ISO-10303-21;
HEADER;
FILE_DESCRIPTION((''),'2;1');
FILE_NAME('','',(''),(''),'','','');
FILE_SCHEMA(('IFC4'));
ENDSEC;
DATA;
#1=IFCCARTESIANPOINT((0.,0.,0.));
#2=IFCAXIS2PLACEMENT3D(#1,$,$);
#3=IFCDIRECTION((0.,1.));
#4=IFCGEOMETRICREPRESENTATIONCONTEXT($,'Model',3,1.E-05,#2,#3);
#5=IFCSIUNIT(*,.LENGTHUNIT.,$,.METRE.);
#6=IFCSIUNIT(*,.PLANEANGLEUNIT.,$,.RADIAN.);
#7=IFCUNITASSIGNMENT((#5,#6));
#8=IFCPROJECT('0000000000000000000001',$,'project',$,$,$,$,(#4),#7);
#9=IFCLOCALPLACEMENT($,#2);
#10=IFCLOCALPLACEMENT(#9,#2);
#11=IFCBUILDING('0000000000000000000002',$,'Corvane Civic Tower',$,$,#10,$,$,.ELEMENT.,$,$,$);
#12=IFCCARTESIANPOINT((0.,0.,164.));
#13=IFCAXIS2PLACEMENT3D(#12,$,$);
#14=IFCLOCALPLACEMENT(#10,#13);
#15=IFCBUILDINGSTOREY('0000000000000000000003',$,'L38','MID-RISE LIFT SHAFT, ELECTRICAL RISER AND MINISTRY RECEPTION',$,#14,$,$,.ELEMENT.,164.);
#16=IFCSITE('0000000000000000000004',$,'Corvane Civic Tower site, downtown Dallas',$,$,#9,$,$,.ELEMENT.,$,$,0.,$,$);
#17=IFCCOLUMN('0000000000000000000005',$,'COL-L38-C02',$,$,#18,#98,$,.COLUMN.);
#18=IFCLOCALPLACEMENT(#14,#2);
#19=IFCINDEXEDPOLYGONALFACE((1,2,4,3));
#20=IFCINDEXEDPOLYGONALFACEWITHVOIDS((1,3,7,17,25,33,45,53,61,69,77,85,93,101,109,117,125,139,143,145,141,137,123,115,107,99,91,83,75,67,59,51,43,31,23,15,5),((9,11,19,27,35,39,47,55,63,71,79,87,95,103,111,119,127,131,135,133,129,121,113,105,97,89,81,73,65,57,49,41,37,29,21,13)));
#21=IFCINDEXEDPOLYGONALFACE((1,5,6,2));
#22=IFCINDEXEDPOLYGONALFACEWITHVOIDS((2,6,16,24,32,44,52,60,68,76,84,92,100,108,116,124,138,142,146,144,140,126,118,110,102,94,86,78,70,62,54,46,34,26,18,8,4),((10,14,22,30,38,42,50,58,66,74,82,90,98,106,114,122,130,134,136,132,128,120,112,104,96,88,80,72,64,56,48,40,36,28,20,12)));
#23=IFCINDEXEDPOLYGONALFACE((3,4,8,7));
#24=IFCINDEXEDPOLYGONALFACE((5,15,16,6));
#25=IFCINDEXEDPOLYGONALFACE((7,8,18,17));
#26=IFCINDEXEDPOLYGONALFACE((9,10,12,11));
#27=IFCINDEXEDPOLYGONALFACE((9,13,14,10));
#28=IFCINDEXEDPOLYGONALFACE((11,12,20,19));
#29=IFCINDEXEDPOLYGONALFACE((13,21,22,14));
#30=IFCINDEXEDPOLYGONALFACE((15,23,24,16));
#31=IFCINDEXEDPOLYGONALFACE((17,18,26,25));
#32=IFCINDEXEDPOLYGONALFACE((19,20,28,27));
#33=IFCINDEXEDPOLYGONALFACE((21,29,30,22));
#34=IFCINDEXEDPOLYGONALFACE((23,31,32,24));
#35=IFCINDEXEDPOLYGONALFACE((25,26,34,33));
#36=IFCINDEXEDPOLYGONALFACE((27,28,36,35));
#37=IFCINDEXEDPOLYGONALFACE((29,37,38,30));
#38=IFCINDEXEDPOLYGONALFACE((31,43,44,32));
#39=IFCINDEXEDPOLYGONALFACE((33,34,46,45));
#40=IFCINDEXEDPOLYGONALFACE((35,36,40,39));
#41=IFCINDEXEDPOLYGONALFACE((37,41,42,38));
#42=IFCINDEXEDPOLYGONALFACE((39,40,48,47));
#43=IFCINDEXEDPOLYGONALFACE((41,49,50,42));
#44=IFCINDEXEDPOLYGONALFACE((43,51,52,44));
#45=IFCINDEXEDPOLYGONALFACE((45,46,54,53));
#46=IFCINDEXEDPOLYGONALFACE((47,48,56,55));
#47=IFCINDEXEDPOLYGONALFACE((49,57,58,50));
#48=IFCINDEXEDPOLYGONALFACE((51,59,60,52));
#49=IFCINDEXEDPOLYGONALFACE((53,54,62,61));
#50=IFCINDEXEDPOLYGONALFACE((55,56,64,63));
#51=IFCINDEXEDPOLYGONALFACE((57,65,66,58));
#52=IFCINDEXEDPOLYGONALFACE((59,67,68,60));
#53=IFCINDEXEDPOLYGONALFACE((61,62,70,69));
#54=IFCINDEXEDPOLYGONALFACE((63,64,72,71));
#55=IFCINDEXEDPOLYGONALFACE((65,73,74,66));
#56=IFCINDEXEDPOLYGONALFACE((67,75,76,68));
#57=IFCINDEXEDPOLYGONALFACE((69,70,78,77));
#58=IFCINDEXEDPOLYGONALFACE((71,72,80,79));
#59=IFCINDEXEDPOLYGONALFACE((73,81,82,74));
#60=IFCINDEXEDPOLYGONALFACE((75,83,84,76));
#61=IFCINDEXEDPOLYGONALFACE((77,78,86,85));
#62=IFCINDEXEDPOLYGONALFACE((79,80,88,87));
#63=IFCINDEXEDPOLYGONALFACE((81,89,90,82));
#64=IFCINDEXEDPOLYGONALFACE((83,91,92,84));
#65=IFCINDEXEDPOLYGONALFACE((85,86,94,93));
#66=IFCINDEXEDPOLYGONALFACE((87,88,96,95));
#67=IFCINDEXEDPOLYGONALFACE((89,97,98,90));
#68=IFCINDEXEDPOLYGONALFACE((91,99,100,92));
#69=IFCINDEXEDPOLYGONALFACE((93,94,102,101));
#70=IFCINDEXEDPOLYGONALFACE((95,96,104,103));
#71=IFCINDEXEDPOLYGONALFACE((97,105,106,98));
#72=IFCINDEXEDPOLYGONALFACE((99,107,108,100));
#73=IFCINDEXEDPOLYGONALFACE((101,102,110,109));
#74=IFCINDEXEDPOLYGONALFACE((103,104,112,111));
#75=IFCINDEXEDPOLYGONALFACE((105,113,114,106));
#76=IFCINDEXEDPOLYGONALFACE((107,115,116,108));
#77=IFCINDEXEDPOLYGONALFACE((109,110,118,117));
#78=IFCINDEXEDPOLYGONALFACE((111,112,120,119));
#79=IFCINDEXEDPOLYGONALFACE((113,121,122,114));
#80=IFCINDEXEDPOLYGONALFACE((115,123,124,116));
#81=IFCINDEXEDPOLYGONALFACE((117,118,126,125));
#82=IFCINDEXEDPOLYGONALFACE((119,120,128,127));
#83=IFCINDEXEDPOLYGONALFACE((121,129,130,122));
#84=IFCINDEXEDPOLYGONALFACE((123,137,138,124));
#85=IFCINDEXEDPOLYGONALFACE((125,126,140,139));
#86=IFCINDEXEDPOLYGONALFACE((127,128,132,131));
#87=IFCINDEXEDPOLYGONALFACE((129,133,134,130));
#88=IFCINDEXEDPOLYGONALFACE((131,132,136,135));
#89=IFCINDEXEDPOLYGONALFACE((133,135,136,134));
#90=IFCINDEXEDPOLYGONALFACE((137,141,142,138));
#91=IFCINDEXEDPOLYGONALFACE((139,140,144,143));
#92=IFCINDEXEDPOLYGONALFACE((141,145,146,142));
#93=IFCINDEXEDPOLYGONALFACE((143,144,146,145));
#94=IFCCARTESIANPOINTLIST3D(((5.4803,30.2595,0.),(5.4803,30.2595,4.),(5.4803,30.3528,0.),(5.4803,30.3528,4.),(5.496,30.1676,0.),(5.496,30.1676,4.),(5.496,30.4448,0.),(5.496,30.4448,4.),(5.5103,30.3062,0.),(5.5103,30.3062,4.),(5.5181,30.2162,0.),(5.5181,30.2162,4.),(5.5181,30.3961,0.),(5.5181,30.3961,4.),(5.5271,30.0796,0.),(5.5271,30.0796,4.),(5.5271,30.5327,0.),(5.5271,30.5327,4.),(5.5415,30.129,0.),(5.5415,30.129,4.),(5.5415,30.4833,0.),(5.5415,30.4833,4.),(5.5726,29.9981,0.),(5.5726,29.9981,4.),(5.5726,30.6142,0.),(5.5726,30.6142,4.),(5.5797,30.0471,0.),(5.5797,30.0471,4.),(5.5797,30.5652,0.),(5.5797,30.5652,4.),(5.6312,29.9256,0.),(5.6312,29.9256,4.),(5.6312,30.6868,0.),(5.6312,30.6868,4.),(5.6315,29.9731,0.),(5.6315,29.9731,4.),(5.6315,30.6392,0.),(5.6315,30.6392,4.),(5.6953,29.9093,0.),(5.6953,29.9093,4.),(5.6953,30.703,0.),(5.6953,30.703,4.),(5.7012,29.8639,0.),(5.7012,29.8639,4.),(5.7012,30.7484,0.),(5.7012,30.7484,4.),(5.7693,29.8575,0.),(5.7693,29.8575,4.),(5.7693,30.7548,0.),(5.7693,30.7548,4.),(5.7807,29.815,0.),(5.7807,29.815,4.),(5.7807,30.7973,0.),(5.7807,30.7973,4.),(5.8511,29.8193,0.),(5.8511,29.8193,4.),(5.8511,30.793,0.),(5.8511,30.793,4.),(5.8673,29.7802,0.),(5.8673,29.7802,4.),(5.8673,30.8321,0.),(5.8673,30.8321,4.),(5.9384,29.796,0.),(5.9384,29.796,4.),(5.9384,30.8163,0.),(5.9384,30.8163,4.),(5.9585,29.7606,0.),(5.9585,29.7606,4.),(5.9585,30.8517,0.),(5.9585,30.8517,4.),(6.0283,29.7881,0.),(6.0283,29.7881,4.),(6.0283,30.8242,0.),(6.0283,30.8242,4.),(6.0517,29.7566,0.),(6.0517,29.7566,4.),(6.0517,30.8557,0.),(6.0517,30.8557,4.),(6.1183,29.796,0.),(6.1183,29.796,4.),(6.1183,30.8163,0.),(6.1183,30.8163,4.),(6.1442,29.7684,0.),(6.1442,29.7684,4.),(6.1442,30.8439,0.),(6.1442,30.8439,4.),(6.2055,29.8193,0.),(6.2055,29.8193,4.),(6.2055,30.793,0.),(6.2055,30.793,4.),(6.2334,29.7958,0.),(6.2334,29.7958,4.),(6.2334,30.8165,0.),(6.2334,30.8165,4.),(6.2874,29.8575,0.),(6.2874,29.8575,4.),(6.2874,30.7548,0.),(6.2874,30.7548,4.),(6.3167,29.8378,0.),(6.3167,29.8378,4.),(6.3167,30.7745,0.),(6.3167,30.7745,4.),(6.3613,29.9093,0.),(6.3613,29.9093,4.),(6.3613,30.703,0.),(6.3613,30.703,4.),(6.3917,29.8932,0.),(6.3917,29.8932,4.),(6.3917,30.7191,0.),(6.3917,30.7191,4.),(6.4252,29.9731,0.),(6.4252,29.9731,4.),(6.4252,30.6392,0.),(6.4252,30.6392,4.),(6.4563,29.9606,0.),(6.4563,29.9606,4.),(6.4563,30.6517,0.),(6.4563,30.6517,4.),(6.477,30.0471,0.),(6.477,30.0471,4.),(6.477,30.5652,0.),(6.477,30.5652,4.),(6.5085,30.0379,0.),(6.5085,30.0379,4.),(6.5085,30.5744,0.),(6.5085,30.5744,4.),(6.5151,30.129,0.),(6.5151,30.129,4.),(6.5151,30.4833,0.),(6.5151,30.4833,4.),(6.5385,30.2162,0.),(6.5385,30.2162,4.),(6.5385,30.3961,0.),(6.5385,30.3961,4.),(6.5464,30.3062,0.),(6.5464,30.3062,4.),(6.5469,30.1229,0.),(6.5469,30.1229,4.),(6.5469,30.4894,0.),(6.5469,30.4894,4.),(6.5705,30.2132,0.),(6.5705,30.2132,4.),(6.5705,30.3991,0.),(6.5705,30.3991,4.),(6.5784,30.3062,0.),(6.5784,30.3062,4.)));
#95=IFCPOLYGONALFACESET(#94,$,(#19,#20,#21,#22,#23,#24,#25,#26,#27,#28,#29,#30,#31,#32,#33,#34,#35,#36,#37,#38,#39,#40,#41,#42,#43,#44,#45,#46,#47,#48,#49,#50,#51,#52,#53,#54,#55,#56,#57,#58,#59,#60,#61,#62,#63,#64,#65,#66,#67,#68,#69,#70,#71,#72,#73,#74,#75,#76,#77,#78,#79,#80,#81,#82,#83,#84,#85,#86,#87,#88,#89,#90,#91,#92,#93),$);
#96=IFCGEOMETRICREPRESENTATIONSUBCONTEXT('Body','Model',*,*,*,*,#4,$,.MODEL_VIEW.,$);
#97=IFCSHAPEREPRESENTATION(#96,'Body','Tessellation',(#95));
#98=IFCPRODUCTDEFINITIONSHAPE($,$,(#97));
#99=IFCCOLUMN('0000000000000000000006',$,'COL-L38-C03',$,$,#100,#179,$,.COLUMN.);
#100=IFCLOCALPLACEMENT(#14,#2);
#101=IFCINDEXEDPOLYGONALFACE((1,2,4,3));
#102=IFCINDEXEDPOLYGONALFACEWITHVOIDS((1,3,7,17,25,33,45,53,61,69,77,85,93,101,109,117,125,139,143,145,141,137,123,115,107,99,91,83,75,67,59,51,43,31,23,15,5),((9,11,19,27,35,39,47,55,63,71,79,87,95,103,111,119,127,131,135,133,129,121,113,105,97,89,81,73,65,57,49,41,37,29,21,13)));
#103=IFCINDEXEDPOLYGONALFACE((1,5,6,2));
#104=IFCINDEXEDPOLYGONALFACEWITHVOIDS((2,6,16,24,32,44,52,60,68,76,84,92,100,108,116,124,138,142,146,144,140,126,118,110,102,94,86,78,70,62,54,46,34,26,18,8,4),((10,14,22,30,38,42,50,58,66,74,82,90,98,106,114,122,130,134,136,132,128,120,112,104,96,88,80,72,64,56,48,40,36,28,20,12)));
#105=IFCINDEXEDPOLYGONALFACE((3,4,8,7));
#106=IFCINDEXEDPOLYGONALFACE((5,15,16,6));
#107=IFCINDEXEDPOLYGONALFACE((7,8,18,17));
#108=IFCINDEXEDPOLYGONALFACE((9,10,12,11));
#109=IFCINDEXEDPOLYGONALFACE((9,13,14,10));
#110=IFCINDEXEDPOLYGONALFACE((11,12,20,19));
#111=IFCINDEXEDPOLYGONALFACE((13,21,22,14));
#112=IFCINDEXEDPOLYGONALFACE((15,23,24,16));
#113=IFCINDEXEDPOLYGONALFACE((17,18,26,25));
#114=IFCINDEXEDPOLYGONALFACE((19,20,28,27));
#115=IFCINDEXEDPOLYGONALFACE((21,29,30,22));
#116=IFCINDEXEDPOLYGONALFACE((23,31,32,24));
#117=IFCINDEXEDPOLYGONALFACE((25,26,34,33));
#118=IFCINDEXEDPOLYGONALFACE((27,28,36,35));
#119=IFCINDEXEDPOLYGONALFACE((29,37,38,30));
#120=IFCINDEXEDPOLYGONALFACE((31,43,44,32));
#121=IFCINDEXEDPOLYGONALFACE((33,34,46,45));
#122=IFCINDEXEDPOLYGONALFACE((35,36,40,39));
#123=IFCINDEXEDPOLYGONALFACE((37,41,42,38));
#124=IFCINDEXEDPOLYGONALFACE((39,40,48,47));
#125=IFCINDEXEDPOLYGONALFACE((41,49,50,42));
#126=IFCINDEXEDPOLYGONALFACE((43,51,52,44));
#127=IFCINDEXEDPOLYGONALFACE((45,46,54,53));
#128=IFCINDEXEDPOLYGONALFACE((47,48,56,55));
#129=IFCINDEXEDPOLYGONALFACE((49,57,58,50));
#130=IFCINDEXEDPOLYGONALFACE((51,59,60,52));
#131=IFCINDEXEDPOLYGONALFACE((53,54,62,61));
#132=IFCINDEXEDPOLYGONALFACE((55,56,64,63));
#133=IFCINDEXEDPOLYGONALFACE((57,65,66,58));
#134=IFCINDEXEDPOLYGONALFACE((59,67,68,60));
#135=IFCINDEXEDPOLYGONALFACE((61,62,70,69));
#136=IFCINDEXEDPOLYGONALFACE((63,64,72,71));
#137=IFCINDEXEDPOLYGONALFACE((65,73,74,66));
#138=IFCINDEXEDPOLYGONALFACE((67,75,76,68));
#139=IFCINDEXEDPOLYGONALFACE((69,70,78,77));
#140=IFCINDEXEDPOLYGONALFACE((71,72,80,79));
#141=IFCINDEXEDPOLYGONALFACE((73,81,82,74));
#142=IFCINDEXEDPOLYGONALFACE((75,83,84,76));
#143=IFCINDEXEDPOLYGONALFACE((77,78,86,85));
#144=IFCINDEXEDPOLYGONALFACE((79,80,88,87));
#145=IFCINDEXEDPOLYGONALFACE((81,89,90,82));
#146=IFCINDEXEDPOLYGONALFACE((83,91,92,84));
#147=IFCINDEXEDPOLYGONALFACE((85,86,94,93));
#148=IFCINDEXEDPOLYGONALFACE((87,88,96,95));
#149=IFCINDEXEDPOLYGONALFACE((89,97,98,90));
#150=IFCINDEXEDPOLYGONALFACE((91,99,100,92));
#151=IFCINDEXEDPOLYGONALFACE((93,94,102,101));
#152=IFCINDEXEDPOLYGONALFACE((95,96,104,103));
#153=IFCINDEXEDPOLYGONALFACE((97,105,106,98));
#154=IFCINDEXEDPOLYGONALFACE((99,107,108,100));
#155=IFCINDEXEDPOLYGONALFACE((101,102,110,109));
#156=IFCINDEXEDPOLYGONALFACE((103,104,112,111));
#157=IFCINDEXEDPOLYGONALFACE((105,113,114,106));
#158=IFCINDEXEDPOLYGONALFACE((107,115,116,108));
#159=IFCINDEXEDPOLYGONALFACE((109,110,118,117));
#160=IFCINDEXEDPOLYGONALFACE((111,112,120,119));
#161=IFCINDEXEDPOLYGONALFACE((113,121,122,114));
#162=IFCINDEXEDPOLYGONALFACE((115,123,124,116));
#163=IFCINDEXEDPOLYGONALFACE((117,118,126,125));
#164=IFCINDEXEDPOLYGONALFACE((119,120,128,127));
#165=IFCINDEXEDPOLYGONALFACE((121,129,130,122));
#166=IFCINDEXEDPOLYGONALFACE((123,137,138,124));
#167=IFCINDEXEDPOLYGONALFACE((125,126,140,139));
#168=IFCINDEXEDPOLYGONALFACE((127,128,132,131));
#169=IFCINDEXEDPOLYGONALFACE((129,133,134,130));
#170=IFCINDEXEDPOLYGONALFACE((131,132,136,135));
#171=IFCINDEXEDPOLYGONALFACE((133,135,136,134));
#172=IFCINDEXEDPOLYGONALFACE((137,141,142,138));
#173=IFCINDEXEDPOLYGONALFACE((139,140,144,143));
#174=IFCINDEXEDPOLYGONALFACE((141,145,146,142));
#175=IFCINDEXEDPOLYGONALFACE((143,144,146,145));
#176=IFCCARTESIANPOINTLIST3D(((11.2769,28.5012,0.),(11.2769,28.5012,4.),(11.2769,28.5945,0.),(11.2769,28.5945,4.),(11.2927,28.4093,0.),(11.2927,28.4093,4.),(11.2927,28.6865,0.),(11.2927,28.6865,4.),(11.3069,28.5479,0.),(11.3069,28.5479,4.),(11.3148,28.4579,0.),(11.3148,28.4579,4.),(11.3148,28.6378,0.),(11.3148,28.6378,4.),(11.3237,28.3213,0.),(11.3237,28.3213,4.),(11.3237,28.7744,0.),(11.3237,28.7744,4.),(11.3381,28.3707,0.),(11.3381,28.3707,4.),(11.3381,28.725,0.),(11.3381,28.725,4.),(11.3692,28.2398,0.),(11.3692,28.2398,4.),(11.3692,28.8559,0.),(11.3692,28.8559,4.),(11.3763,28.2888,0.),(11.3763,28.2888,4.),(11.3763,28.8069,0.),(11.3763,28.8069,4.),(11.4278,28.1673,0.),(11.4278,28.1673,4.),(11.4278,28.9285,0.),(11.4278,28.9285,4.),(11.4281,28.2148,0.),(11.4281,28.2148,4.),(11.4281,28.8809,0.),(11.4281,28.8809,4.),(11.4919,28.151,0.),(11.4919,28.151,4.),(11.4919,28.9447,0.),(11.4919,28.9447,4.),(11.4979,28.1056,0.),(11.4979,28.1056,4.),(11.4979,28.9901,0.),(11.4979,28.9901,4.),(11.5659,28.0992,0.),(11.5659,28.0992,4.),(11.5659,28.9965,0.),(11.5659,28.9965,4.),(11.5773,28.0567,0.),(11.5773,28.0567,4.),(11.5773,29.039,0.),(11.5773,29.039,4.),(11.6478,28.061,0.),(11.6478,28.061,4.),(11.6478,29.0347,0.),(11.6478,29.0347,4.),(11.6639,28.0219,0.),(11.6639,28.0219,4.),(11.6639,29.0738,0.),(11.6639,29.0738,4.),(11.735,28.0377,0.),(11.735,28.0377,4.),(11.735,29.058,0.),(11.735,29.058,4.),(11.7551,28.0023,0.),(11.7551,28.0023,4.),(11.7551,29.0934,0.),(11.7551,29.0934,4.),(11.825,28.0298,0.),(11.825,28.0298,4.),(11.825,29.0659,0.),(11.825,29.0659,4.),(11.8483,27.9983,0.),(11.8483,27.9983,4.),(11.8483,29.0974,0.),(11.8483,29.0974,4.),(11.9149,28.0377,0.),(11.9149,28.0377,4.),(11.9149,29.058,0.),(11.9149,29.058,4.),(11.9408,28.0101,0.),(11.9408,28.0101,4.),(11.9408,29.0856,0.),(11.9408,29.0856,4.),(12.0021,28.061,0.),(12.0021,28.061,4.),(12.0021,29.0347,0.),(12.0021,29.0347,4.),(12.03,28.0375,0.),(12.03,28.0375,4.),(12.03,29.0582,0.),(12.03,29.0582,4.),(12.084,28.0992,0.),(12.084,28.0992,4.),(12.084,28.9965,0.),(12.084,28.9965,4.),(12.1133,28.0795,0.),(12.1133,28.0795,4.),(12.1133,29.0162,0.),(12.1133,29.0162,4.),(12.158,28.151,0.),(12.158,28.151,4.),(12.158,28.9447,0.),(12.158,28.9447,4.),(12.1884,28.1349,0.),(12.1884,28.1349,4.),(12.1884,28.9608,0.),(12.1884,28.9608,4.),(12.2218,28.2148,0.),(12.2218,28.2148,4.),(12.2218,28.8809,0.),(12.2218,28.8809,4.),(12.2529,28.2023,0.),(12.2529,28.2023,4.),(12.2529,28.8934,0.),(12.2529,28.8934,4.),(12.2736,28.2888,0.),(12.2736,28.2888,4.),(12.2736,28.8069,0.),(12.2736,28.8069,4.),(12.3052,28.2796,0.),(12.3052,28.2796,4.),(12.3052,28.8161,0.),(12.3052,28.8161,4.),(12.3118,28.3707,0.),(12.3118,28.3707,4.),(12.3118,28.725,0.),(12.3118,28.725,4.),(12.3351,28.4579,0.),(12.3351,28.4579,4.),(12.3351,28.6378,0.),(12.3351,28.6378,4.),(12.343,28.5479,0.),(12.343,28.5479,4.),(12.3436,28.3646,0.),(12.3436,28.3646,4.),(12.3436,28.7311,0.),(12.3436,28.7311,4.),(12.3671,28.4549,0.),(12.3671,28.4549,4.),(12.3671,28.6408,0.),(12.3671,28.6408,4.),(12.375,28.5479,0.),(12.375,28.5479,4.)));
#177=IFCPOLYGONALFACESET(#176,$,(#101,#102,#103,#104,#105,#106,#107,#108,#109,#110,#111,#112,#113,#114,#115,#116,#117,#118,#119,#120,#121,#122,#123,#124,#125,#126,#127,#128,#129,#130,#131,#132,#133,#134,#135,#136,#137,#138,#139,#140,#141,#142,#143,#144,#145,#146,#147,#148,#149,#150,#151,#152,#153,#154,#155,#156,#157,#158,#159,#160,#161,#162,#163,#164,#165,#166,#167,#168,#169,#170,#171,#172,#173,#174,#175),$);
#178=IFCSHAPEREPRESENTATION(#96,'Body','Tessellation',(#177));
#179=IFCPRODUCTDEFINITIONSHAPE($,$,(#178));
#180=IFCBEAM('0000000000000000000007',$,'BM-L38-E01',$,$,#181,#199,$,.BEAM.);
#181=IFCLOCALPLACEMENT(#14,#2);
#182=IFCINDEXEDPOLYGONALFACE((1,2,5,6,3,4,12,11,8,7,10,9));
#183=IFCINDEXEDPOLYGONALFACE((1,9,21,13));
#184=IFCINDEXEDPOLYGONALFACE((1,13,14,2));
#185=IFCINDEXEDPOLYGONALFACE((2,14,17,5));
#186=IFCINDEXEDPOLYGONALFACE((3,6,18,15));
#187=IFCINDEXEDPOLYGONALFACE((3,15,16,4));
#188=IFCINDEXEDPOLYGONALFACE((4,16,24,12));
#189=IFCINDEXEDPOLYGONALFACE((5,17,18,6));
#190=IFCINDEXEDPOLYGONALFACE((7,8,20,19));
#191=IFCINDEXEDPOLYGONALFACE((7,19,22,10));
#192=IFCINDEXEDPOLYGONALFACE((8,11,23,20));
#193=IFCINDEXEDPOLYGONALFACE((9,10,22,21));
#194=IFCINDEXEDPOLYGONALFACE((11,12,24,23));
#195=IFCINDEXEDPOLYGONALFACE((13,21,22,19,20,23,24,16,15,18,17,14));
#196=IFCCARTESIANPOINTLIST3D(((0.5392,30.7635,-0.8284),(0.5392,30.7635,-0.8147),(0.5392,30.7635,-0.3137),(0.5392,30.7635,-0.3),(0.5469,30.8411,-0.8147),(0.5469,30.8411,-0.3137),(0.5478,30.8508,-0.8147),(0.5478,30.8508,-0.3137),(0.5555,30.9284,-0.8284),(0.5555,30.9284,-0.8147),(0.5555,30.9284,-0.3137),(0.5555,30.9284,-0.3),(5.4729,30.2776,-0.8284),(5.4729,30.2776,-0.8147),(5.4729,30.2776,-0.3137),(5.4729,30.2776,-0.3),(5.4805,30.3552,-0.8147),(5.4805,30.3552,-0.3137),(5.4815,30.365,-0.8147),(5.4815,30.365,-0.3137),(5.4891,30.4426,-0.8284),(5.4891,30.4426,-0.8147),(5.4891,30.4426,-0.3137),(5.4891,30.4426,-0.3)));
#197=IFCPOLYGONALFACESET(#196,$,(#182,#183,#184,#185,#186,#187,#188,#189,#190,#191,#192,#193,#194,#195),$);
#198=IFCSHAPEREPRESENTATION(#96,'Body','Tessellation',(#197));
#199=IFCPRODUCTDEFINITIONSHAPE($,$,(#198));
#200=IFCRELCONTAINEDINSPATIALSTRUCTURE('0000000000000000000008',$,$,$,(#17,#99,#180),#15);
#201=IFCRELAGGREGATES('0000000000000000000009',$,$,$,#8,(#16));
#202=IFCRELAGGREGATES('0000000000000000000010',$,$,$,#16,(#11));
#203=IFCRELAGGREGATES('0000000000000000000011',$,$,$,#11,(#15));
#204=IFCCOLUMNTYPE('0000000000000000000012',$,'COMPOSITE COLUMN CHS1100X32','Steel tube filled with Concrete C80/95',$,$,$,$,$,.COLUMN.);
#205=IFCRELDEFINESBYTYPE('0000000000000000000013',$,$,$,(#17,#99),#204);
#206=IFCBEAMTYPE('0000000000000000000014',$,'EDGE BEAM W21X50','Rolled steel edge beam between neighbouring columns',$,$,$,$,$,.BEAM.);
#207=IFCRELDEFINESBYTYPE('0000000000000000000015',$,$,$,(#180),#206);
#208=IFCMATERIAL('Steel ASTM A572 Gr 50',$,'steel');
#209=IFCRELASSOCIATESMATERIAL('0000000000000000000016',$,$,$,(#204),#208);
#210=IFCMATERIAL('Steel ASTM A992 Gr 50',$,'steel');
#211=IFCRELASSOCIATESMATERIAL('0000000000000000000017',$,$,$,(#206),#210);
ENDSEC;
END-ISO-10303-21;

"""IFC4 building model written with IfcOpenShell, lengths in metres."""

from ifc_helpers import new_model, si_unit, direction, frame, origin, origin_2d, place, context, subcontext, project, spatial, hollow_circle, i_section, extrude, material, material_profile, profile_set, type_object, element, save


model = new_model("IFC4")

# Units and contexts
model_context = context("Model", 3, precision=1e-05, world=origin(), true_north=direction((0.0, 1.0)))
body_context = subcontext(model_context, "Body", "Model", "MODEL_VIEW")
ifc_project = project(units=[si_unit("LENGTHUNIT", "METRE"), si_unit("PLANEANGLEUNIT", "RADIAN")], contexts=[model_context])

# Site, building, storey
site_placement = place(None, origin())
site = spatial("IfcSite", under=ifc_project, at=site_placement, Name="Corvane Civic Tower site, downtown Dallas", CompositionType="ELEMENT", RefElevation=0.0)
building_placement = place(site_placement, origin())
building = spatial("IfcBuilding", under=site, at=building_placement, Name="Corvane Civic Tower", CompositionType="ELEMENT")
storey_placement = place(building_placement, frame((0.0, 0.0, 164.0)))
storey = spatial("IfcBuildingStorey", under=building, at=storey_placement, Name="L38", Description="MID-RISE LIFT SHAFT, ELECTRICAL RISER AND MINISTRY RECEPTION", CompositionType="ELEMENT", Elevation=164.0)

# Columns
ifc_material_1 = material(Name="Steel ASTM A572 Gr 50", Category="steel")
ifc_material_profile_1 = material_profile(ifc_material_1, hollow_circle(Radius=0.55, WallThickness=0.032, at=origin_2d()), Name="CHS1100X32")
ifc_profile_set_1 = profile_set([ifc_material_profile_1], Name="Steel ASTM A572 Gr 50")
column_type = type_object("IfcColumnType", Name="COMPOSITE COLUMN CHS1100X32", Description="Steel tube filled with Concrete C80/95", PredefinedType="COLUMN", material=ifc_profile_set_1)
for number, where, z_axis, x_axis, name in (
    (1, (6.0283, 30.3062, 0.0), (0.0, 0.0, 1.0), (1.0, 0.0, 0.0), "COL-L38-C02"),
    (2, (11.825, 28.5479, 0.0), (0.0, 0.0, 1.0), (1.0, 0.0, 0.0), "COL-L38-C03"),
):
    element("IfcColumn", number, at=place(storey_placement, frame(where, z_axis=z_axis, x_axis=x_axis)), inside=storey, type_object=column_type, Name=name, PredefinedType="COLUMN", context=body_context, shape_type="SweptSolid", body=[
        extrude(hollow_circle(Radius=0.55, WallThickness=0.032, at=origin_2d()), origin(), (0.0, 0.0, 1.0), 4.0),
    ])

# Beam
ifc_material_2 = material(Name="Steel ASTM A992 Gr 50", Category="steel")
ifc_material_profile_2 = material_profile(ifc_material_2, i_section(OverallWidth=0.1658, OverallDepth=0.5283, WebThickness=0.0098, FlangeThickness=0.0137, at=origin_2d()), Name="W21X50")
ifc_profile_set_2 = profile_set([ifc_material_profile_2], Name="Steel ASTM A992 Gr 50")
beam_type_1 = type_object("IfcBeamType", Name="EDGE BEAM W21X50", Description="Rolled steel edge beam between neighbouring columns", PredefinedType="BEAM", material=ifc_profile_set_2)
beam_1_placement = place(storey_placement, frame((0.5474, 30.8459, -0.5642), z_axis=(0.995186, -0.098002, 0.0), x_axis=(0.098002, 0.995186, 0.0)))
element("IfcBeam", 3, at=beam_1_placement, inside=storey, type_object=beam_type_1, Name="BM-L38-E01", PredefinedType="BEAM", context=body_context, shape_type="SweptSolid", body=[
    extrude(i_section(OverallWidth=0.1658, OverallDepth=0.5283, WebThickness=0.0098, FlangeThickness=0.0137, at=origin_2d()), origin(), (0.0, 0.0, 1.0), 4.9575),
])

save(model, "model.ifc")
